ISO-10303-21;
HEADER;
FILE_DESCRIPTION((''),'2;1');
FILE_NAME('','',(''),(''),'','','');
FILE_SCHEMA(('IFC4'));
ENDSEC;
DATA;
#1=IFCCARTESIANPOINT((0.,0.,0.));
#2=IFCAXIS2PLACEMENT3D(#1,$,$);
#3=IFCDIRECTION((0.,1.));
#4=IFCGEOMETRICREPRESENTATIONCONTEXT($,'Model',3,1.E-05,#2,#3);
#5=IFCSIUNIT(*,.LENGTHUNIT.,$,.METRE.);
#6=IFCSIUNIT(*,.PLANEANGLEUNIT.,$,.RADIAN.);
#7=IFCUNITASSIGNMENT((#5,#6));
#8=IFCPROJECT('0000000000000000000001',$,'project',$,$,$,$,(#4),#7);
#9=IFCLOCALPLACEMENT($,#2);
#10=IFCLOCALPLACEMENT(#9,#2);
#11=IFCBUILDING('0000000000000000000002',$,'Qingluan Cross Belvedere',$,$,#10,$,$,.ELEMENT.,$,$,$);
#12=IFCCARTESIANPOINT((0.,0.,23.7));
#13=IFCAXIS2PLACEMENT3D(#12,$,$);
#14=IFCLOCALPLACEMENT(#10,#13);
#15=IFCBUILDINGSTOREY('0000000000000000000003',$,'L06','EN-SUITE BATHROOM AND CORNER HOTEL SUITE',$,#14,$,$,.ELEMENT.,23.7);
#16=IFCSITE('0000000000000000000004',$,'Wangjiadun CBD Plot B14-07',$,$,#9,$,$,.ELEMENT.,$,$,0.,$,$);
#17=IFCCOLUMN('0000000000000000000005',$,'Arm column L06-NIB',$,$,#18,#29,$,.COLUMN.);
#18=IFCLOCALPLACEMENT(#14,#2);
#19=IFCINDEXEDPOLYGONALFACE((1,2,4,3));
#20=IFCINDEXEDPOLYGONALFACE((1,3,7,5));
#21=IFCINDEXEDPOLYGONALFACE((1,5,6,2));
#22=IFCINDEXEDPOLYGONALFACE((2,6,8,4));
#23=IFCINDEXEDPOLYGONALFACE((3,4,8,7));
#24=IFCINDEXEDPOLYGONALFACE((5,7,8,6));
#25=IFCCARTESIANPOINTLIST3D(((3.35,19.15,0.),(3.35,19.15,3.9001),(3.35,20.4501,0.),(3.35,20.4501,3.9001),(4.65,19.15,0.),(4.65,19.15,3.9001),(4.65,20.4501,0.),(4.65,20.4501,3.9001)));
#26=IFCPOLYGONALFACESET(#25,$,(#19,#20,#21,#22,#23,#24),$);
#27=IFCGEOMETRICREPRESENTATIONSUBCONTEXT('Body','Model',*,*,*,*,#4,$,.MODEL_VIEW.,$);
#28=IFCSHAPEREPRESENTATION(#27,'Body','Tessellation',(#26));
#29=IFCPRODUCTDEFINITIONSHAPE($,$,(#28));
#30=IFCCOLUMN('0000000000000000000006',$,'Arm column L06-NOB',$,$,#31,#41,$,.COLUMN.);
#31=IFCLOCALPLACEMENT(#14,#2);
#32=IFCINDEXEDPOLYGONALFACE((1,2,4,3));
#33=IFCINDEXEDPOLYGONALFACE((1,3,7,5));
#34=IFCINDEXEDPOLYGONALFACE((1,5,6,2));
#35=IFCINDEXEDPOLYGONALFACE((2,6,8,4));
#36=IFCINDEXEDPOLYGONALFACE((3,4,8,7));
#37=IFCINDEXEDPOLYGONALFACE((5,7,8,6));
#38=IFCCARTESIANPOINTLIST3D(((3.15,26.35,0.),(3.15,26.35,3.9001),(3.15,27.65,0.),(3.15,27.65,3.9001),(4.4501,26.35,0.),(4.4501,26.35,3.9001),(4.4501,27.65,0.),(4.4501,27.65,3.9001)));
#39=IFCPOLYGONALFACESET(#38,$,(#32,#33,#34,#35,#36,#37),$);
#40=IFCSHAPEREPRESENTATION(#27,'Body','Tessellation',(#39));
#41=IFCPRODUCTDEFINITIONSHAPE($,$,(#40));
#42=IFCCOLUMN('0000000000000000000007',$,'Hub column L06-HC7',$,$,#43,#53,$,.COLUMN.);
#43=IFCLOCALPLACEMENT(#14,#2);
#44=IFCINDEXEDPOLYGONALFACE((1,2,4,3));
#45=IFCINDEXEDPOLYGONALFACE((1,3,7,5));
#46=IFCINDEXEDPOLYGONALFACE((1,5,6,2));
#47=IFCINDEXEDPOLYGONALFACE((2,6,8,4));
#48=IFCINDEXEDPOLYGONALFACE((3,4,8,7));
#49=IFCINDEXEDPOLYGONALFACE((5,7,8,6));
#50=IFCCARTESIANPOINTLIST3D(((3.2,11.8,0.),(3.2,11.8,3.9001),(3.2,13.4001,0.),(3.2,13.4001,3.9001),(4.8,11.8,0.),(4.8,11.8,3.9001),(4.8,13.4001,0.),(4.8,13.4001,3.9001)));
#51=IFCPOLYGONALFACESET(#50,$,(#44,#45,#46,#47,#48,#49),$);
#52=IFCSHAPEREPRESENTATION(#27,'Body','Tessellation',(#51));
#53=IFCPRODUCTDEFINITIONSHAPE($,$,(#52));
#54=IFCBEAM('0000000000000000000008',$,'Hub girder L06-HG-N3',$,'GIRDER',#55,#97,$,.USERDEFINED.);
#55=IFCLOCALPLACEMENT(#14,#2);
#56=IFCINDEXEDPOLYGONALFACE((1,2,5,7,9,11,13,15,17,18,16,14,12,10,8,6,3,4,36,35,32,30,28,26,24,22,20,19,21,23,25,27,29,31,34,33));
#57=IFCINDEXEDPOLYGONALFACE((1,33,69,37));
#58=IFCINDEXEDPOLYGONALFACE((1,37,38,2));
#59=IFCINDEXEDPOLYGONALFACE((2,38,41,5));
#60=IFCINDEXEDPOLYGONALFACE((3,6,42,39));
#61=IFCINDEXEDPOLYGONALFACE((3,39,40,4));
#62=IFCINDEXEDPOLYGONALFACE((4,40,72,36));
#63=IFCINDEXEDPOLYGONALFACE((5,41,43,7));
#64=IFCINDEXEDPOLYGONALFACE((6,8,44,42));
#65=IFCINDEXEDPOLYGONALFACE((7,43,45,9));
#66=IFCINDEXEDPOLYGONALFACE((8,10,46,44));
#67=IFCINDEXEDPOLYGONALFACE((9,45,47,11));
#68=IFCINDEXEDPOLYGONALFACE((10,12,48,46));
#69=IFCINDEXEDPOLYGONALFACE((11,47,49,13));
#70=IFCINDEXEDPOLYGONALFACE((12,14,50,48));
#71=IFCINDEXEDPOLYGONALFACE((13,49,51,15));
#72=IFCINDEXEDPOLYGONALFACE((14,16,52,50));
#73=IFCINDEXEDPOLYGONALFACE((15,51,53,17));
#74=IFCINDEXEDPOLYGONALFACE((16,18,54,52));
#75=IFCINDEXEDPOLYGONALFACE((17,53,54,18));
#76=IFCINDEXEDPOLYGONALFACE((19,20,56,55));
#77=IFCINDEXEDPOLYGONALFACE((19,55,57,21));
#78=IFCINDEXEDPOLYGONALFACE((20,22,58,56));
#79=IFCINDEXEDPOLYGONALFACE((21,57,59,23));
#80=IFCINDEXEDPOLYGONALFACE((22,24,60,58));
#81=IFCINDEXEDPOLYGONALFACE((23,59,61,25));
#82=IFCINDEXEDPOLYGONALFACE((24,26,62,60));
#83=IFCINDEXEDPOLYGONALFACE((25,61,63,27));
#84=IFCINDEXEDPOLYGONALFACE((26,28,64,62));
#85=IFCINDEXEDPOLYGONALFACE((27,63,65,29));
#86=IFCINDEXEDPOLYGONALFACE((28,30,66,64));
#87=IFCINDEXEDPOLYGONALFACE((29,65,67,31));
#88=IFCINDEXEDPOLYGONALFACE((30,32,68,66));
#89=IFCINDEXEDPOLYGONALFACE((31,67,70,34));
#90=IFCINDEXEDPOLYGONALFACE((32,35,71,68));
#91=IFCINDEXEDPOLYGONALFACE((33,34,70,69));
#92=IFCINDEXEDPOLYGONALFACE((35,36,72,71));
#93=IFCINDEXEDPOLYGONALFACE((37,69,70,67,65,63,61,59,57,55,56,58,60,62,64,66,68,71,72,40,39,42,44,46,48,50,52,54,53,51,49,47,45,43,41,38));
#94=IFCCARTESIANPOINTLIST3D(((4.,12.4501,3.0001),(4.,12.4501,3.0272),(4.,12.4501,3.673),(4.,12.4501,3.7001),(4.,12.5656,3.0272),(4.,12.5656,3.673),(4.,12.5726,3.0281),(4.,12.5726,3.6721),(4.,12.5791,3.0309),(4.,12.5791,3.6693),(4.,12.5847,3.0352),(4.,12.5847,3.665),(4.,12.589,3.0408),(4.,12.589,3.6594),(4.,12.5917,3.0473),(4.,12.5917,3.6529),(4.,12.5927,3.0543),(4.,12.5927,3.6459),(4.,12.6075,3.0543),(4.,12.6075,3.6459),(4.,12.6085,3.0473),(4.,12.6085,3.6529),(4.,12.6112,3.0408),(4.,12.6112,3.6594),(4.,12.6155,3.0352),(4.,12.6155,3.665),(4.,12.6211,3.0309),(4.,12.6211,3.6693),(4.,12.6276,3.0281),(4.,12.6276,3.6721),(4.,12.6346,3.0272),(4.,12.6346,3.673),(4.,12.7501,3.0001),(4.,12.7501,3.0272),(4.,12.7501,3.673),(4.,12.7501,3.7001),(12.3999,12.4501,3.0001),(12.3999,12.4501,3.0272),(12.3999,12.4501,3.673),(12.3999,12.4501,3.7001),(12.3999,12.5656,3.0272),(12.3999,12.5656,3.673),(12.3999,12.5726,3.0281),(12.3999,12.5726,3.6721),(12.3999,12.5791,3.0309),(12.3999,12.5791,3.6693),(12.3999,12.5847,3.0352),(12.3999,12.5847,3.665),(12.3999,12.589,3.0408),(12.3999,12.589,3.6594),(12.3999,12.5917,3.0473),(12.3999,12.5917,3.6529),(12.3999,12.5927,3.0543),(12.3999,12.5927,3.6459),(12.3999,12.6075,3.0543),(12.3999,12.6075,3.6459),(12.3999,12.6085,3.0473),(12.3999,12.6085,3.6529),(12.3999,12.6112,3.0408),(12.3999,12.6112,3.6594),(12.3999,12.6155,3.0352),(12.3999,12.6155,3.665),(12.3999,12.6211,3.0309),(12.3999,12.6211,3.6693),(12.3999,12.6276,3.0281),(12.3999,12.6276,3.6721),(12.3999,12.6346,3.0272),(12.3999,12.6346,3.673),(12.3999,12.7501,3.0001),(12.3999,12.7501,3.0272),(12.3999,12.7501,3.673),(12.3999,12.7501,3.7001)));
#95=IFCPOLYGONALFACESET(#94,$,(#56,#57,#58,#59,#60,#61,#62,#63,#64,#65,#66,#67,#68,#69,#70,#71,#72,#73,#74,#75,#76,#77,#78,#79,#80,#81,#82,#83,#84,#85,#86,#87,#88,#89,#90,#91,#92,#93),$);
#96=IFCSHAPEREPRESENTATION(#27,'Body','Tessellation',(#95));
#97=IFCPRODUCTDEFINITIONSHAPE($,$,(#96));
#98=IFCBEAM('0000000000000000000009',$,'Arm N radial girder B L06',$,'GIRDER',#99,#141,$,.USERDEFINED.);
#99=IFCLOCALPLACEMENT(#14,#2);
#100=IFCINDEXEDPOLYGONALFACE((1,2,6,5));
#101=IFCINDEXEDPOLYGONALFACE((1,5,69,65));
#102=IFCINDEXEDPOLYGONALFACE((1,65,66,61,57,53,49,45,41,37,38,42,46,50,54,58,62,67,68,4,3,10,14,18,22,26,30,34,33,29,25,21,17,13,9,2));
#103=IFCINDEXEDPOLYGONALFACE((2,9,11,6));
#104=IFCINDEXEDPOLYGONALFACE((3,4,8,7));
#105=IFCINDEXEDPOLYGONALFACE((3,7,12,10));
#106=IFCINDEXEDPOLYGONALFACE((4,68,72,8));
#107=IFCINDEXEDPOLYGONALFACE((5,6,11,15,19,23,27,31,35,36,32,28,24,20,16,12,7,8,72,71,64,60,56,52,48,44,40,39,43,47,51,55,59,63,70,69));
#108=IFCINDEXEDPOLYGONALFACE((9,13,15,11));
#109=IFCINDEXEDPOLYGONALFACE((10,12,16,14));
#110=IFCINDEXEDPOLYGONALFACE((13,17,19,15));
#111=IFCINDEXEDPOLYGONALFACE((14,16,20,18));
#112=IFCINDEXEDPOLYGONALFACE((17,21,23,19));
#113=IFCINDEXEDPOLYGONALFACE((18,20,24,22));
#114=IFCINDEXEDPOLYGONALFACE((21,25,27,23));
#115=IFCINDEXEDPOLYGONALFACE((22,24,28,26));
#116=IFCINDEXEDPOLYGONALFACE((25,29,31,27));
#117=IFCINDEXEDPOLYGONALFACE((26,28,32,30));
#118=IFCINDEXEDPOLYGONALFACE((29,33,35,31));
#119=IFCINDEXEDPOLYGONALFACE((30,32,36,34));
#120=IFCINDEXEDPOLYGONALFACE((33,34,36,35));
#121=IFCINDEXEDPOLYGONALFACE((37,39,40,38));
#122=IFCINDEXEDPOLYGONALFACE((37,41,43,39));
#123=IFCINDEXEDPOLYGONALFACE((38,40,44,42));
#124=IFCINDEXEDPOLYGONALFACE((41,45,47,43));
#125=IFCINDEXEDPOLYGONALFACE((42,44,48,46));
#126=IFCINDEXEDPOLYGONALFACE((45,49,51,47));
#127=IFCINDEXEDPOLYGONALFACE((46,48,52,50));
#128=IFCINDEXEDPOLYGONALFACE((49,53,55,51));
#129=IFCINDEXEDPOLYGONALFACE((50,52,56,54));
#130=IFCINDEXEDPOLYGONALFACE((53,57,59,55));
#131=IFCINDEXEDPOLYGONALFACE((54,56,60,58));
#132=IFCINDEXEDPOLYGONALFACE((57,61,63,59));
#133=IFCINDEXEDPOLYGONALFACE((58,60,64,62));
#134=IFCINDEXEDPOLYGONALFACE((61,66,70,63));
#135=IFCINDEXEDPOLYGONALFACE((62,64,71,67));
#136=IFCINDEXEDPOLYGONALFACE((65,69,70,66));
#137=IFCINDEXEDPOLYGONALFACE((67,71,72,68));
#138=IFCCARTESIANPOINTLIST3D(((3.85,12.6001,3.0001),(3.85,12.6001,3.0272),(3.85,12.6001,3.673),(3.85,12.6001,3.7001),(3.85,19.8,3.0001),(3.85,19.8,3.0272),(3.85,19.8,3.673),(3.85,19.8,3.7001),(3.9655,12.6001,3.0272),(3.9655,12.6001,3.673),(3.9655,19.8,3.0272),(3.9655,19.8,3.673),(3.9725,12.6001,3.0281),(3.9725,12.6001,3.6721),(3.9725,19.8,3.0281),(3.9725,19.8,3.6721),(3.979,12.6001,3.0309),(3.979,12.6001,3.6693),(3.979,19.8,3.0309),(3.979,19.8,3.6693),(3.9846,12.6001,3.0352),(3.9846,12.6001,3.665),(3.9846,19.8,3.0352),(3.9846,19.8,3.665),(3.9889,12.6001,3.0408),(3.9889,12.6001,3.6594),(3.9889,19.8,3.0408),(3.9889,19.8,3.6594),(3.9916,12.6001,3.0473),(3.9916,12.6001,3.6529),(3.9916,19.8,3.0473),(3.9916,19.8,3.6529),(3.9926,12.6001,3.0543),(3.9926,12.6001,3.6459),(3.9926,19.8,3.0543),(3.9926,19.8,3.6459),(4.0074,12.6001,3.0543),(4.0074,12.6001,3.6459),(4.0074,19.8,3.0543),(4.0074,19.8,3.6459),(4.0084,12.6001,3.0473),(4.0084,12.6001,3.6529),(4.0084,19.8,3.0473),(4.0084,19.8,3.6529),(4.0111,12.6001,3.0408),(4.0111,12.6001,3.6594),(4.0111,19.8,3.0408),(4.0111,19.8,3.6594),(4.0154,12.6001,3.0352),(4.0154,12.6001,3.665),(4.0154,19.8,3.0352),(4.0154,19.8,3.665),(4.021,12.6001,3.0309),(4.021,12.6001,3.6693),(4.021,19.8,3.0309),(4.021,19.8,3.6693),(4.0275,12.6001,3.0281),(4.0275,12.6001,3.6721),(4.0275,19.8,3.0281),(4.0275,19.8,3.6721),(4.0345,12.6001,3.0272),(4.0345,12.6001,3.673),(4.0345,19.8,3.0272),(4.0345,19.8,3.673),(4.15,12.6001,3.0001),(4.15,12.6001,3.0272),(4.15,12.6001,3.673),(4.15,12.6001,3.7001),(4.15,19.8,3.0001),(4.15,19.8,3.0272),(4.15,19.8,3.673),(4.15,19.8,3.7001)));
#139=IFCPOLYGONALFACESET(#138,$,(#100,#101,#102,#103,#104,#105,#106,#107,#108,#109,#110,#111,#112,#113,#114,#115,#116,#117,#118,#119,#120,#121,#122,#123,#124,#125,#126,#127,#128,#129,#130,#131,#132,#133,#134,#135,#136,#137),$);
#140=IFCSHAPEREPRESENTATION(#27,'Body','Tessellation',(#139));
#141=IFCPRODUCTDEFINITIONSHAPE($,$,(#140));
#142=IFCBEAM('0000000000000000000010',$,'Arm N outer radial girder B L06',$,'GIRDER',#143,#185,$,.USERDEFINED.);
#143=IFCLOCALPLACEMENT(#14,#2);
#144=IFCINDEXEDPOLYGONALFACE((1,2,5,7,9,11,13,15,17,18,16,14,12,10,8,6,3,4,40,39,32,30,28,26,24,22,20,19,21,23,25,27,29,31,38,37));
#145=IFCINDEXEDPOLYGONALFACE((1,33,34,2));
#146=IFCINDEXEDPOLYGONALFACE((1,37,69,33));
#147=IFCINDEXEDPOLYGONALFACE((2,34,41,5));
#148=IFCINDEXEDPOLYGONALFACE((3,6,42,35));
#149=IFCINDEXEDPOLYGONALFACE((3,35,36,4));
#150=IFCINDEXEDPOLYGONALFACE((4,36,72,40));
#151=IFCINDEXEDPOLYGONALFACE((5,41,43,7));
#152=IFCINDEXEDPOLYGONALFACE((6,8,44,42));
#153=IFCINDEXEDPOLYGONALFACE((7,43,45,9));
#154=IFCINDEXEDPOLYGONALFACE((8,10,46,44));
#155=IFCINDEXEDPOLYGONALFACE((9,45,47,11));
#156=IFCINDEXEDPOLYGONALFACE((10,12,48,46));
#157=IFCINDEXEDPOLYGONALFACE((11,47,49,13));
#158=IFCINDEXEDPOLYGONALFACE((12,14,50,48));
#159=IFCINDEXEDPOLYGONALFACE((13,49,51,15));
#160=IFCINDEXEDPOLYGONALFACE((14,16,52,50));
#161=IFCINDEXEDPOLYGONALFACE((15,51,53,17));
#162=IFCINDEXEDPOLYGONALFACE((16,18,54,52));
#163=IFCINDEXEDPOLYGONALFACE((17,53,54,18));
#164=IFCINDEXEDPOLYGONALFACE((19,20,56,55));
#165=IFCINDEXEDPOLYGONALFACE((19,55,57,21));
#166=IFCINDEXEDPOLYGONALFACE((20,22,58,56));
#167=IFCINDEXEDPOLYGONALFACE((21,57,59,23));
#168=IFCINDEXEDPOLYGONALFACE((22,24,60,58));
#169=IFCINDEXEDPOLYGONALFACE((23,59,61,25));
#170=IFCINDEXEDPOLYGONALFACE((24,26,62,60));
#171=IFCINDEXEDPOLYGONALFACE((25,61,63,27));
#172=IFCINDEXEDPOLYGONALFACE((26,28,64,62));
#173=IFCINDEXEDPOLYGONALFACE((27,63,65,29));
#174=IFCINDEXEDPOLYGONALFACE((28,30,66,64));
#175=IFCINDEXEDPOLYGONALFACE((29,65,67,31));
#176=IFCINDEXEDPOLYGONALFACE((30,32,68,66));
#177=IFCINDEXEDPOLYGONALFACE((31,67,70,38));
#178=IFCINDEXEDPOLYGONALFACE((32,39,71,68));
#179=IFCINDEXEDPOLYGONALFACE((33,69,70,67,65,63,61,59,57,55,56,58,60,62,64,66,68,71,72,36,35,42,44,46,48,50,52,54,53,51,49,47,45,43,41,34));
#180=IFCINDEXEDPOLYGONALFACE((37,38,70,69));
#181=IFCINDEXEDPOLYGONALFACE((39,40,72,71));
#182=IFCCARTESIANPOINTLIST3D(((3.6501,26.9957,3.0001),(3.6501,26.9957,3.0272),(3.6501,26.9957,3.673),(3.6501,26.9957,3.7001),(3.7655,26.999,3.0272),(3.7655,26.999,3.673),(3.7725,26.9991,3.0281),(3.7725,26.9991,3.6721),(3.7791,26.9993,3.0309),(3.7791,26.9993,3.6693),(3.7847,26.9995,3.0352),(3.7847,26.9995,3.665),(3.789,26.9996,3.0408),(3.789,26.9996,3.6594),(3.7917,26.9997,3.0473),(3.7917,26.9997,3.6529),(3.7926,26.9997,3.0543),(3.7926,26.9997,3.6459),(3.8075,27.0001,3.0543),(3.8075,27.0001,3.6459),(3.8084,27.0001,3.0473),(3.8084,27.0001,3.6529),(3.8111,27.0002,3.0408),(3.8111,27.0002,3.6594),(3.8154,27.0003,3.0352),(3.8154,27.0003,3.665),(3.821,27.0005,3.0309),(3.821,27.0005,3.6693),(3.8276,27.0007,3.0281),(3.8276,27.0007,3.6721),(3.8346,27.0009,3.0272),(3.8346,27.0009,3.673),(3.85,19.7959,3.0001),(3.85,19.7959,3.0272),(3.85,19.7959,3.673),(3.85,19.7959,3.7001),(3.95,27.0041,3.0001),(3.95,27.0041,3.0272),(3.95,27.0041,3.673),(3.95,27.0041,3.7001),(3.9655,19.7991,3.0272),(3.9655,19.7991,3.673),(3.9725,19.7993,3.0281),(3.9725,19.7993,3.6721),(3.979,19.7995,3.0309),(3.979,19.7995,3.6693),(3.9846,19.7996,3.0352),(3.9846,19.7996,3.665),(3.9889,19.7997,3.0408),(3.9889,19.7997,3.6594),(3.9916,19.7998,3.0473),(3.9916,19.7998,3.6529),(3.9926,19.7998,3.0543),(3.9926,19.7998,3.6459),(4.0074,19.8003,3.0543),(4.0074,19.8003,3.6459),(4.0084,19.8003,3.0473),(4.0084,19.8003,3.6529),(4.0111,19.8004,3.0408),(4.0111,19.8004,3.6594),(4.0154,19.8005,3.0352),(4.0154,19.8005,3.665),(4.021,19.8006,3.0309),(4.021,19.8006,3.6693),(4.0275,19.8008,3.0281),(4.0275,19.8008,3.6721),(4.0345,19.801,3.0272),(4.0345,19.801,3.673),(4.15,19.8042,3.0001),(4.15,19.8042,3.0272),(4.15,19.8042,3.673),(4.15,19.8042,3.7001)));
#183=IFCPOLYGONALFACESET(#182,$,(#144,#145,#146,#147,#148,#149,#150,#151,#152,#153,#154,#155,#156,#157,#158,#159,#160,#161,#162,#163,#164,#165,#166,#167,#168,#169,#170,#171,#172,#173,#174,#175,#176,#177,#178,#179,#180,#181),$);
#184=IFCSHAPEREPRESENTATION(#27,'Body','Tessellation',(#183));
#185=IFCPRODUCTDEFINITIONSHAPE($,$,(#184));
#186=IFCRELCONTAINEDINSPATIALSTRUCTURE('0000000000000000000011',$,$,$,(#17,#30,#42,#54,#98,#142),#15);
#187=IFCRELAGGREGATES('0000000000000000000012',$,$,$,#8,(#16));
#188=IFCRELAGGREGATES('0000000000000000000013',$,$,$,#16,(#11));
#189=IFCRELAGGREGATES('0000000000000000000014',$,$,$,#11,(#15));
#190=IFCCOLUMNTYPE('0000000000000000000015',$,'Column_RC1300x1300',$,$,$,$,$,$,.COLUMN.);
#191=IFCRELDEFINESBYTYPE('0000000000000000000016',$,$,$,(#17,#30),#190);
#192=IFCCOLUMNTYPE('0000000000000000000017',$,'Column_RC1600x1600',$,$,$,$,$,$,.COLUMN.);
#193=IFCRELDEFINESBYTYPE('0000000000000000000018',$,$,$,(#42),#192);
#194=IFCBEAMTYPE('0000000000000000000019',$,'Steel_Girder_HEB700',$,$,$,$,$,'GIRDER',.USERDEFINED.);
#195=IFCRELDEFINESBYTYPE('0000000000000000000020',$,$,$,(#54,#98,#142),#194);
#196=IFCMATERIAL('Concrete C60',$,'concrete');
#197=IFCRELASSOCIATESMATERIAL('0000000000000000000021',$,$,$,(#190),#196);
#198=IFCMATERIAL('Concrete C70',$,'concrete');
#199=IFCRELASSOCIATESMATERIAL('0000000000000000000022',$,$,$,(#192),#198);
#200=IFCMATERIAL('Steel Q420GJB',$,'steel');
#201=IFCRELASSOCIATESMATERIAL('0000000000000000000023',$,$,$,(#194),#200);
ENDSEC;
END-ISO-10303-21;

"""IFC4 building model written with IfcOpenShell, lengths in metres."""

from ifc_helpers import new_model, si_unit, direction, frame, origin, origin_2d, place, context, subcontext, project, spatial, rectangle, i_section, extrude, material, material_profile, profile_set, type_object, element, save


model = new_model("IFC4")

# Units and contexts
model_context = context("Model", 3, precision=1e-05, world=origin(), true_north=direction((0.0, 1.0)))
body_context = subcontext(model_context, "Body", "Model", "MODEL_VIEW")
ifc_project = project(units=[si_unit("LENGTHUNIT", "METRE"), si_unit("PLANEANGLEUNIT", "RADIAN")], contexts=[model_context])

# Site, building, storey
site_placement = place(None, origin())
site = spatial("IfcSite", under=ifc_project, at=site_placement, Name="Wangjiadun CBD Plot B14-07", CompositionType="ELEMENT", RefElevation=0.0)
building_placement = place(site_placement, origin())
building = spatial("IfcBuilding", under=site, at=building_placement, Name="Qingluan Cross Belvedere", CompositionType="ELEMENT")
storey_placement = place(building_placement, frame((0.0, 0.0, 23.7)))
storey = spatial("IfcBuildingStorey", under=building, at=storey_placement, Name="L06", Description="EN-SUITE BATHROOM AND CORNER HOTEL SUITE", CompositionType="ELEMENT", Elevation=23.7)

# Columns
ifc_material_1 = material(Name="Concrete C60", Category="concrete")
ifc_material_profile_1 = material_profile(ifc_material_1, rectangle(XDim=1.3, YDim=1.3, at=origin_2d()), Name="RC1300x1300")
ifc_profile_set_1 = profile_set([ifc_material_profile_1], Name="Concrete C60")
column_type_1 = type_object("IfcColumnType", Name="Column_RC1300x1300", PredefinedType="COLUMN", material=ifc_profile_set_1)
for number, where, z_axis, x_axis, name in (
    (1, (4.0, 19.8, 0.0), (0.0, 0.0, 1.0), (1.0, 0.0, 0.0), "Arm column L06-NIB"),
    (2, (3.8, 27.0, 0.0), (0.0, 0.0, 1.0), (1.0, 0.0, 0.0), "Arm column L06-NOB"),
):
    element("IfcColumn", number, at=place(storey_placement, frame(where, z_axis=z_axis, x_axis=x_axis)), inside=storey, type_object=column_type_1, Name=name, PredefinedType="COLUMN", context=body_context, shape_type="SweptSolid", body=[
        extrude(rectangle(XDim=1.3, YDim=1.3, at=origin_2d()), origin(), (0.0, 0.0, 1.0), 3.9001),
    ])
ifc_material_2 = material(Name="Concrete C70", Category="concrete")
ifc_material_profile_2 = material_profile(ifc_material_2, rectangle(XDim=1.6001, YDim=1.6001, at=origin_2d()), Name="RC1600x1600")
ifc_profile_set_2 = profile_set([ifc_material_profile_2], Name="Concrete C70")
column_type_2 = type_object("IfcColumnType", Name="Column_RC1600x1600", PredefinedType="COLUMN", material=ifc_profile_set_2)
column_placement = place(storey_placement, frame((4.0, 12.6001, 0.0), z_axis=(0.0, 0.0, 1.0), x_axis=(1.0, 0.0, 0.0)))
element("IfcColumn", 3, at=column_placement, inside=storey, type_object=column_type_2, Name="Hub column L06-HC7", PredefinedType="COLUMN", context=body_context, shape_type="SweptSolid", body=[
    extrude(rectangle(XDim=1.6001, YDim=1.6001, at=origin_2d()), origin(), (0.0, 0.0, 1.0), 3.9001),
])

# Beams
ifc_material_3 = material(Name="Steel Q420GJB", Category="steel")
ifc_material_profile_3 = material_profile(ifc_material_3, i_section(OverallWidth=0.3, OverallDepth=0.7, WebThickness=0.0149, FlangeThickness=0.0271, FilletRadius=0.0271, at=origin_2d()), Name="HEB700")
ifc_profile_set_3 = profile_set([ifc_material_profile_3], Name="Steel Q420GJB")
beam_type = type_object("IfcBeamType", Name="Steel_Girder_HEB700", ElementType="GIRDER", PredefinedType="USERDEFINED", material=ifc_profile_set_3)
beam_1_placement = place(storey_placement, frame((4.0, 12.6001, 3.3501), z_axis=(1.0, 0.0, 0.0), x_axis=(0.0, 1.0, 0.0)))
element("IfcBeam", 4, at=beam_1_placement, inside=storey, type_object=beam_type, Name="Hub girder L06-HG-N3", ObjectType="GIRDER", PredefinedType="USERDEFINED", context=body_context, shape_type="SweptSolid", body=[
    extrude(i_section(OverallWidth=0.3, OverallDepth=0.7, WebThickness=0.0149, FlangeThickness=0.0271, FilletRadius=0.0271, at=origin_2d()), origin(), (0.0, 0.0, 1.0), 8.3999),
])
beam_2_placement = place(storey_placement, frame((4.0, 12.6001, 3.3501), z_axis=(0.0, 1.0, 0.0), x_axis=(-1.0, 0.0, 0.0)))
element("IfcBeam", 5, at=beam_2_placement, inside=storey, type_object=beam_type, Name="Arm N radial girder B L06", ObjectType="GIRDER", PredefinedType="USERDEFINED", context=body_context, shape_type="SweptSolid", body=[
    extrude(i_section(OverallWidth=0.3, OverallDepth=0.7, WebThickness=0.0149, FlangeThickness=0.0271, FilletRadius=0.0271, at=origin_2d()), origin(), (0.0, 0.0, 1.0), 7.2),
])
beam_3_placement = place(storey_placement, frame((4.0, 19.8, 3.3501), z_axis=(-0.02776, 0.999615, 0.0), x_axis=(-0.999615, -0.02776, 0.0)))
element("IfcBeam", 6, at=beam_3_placement, inside=storey, type_object=beam_type, Name="Arm N outer radial girder B L06", ObjectType="GIRDER", PredefinedType="USERDEFINED", context=body_context, shape_type="SweptSolid", body=[
    extrude(i_section(OverallWidth=0.3, OverallDepth=0.7, WebThickness=0.0149, FlangeThickness=0.0271, FilletRadius=0.0271, at=origin_2d()), origin(), (0.0, 0.0, 1.0), 7.2026),
])

save(model, "model.ifc")
